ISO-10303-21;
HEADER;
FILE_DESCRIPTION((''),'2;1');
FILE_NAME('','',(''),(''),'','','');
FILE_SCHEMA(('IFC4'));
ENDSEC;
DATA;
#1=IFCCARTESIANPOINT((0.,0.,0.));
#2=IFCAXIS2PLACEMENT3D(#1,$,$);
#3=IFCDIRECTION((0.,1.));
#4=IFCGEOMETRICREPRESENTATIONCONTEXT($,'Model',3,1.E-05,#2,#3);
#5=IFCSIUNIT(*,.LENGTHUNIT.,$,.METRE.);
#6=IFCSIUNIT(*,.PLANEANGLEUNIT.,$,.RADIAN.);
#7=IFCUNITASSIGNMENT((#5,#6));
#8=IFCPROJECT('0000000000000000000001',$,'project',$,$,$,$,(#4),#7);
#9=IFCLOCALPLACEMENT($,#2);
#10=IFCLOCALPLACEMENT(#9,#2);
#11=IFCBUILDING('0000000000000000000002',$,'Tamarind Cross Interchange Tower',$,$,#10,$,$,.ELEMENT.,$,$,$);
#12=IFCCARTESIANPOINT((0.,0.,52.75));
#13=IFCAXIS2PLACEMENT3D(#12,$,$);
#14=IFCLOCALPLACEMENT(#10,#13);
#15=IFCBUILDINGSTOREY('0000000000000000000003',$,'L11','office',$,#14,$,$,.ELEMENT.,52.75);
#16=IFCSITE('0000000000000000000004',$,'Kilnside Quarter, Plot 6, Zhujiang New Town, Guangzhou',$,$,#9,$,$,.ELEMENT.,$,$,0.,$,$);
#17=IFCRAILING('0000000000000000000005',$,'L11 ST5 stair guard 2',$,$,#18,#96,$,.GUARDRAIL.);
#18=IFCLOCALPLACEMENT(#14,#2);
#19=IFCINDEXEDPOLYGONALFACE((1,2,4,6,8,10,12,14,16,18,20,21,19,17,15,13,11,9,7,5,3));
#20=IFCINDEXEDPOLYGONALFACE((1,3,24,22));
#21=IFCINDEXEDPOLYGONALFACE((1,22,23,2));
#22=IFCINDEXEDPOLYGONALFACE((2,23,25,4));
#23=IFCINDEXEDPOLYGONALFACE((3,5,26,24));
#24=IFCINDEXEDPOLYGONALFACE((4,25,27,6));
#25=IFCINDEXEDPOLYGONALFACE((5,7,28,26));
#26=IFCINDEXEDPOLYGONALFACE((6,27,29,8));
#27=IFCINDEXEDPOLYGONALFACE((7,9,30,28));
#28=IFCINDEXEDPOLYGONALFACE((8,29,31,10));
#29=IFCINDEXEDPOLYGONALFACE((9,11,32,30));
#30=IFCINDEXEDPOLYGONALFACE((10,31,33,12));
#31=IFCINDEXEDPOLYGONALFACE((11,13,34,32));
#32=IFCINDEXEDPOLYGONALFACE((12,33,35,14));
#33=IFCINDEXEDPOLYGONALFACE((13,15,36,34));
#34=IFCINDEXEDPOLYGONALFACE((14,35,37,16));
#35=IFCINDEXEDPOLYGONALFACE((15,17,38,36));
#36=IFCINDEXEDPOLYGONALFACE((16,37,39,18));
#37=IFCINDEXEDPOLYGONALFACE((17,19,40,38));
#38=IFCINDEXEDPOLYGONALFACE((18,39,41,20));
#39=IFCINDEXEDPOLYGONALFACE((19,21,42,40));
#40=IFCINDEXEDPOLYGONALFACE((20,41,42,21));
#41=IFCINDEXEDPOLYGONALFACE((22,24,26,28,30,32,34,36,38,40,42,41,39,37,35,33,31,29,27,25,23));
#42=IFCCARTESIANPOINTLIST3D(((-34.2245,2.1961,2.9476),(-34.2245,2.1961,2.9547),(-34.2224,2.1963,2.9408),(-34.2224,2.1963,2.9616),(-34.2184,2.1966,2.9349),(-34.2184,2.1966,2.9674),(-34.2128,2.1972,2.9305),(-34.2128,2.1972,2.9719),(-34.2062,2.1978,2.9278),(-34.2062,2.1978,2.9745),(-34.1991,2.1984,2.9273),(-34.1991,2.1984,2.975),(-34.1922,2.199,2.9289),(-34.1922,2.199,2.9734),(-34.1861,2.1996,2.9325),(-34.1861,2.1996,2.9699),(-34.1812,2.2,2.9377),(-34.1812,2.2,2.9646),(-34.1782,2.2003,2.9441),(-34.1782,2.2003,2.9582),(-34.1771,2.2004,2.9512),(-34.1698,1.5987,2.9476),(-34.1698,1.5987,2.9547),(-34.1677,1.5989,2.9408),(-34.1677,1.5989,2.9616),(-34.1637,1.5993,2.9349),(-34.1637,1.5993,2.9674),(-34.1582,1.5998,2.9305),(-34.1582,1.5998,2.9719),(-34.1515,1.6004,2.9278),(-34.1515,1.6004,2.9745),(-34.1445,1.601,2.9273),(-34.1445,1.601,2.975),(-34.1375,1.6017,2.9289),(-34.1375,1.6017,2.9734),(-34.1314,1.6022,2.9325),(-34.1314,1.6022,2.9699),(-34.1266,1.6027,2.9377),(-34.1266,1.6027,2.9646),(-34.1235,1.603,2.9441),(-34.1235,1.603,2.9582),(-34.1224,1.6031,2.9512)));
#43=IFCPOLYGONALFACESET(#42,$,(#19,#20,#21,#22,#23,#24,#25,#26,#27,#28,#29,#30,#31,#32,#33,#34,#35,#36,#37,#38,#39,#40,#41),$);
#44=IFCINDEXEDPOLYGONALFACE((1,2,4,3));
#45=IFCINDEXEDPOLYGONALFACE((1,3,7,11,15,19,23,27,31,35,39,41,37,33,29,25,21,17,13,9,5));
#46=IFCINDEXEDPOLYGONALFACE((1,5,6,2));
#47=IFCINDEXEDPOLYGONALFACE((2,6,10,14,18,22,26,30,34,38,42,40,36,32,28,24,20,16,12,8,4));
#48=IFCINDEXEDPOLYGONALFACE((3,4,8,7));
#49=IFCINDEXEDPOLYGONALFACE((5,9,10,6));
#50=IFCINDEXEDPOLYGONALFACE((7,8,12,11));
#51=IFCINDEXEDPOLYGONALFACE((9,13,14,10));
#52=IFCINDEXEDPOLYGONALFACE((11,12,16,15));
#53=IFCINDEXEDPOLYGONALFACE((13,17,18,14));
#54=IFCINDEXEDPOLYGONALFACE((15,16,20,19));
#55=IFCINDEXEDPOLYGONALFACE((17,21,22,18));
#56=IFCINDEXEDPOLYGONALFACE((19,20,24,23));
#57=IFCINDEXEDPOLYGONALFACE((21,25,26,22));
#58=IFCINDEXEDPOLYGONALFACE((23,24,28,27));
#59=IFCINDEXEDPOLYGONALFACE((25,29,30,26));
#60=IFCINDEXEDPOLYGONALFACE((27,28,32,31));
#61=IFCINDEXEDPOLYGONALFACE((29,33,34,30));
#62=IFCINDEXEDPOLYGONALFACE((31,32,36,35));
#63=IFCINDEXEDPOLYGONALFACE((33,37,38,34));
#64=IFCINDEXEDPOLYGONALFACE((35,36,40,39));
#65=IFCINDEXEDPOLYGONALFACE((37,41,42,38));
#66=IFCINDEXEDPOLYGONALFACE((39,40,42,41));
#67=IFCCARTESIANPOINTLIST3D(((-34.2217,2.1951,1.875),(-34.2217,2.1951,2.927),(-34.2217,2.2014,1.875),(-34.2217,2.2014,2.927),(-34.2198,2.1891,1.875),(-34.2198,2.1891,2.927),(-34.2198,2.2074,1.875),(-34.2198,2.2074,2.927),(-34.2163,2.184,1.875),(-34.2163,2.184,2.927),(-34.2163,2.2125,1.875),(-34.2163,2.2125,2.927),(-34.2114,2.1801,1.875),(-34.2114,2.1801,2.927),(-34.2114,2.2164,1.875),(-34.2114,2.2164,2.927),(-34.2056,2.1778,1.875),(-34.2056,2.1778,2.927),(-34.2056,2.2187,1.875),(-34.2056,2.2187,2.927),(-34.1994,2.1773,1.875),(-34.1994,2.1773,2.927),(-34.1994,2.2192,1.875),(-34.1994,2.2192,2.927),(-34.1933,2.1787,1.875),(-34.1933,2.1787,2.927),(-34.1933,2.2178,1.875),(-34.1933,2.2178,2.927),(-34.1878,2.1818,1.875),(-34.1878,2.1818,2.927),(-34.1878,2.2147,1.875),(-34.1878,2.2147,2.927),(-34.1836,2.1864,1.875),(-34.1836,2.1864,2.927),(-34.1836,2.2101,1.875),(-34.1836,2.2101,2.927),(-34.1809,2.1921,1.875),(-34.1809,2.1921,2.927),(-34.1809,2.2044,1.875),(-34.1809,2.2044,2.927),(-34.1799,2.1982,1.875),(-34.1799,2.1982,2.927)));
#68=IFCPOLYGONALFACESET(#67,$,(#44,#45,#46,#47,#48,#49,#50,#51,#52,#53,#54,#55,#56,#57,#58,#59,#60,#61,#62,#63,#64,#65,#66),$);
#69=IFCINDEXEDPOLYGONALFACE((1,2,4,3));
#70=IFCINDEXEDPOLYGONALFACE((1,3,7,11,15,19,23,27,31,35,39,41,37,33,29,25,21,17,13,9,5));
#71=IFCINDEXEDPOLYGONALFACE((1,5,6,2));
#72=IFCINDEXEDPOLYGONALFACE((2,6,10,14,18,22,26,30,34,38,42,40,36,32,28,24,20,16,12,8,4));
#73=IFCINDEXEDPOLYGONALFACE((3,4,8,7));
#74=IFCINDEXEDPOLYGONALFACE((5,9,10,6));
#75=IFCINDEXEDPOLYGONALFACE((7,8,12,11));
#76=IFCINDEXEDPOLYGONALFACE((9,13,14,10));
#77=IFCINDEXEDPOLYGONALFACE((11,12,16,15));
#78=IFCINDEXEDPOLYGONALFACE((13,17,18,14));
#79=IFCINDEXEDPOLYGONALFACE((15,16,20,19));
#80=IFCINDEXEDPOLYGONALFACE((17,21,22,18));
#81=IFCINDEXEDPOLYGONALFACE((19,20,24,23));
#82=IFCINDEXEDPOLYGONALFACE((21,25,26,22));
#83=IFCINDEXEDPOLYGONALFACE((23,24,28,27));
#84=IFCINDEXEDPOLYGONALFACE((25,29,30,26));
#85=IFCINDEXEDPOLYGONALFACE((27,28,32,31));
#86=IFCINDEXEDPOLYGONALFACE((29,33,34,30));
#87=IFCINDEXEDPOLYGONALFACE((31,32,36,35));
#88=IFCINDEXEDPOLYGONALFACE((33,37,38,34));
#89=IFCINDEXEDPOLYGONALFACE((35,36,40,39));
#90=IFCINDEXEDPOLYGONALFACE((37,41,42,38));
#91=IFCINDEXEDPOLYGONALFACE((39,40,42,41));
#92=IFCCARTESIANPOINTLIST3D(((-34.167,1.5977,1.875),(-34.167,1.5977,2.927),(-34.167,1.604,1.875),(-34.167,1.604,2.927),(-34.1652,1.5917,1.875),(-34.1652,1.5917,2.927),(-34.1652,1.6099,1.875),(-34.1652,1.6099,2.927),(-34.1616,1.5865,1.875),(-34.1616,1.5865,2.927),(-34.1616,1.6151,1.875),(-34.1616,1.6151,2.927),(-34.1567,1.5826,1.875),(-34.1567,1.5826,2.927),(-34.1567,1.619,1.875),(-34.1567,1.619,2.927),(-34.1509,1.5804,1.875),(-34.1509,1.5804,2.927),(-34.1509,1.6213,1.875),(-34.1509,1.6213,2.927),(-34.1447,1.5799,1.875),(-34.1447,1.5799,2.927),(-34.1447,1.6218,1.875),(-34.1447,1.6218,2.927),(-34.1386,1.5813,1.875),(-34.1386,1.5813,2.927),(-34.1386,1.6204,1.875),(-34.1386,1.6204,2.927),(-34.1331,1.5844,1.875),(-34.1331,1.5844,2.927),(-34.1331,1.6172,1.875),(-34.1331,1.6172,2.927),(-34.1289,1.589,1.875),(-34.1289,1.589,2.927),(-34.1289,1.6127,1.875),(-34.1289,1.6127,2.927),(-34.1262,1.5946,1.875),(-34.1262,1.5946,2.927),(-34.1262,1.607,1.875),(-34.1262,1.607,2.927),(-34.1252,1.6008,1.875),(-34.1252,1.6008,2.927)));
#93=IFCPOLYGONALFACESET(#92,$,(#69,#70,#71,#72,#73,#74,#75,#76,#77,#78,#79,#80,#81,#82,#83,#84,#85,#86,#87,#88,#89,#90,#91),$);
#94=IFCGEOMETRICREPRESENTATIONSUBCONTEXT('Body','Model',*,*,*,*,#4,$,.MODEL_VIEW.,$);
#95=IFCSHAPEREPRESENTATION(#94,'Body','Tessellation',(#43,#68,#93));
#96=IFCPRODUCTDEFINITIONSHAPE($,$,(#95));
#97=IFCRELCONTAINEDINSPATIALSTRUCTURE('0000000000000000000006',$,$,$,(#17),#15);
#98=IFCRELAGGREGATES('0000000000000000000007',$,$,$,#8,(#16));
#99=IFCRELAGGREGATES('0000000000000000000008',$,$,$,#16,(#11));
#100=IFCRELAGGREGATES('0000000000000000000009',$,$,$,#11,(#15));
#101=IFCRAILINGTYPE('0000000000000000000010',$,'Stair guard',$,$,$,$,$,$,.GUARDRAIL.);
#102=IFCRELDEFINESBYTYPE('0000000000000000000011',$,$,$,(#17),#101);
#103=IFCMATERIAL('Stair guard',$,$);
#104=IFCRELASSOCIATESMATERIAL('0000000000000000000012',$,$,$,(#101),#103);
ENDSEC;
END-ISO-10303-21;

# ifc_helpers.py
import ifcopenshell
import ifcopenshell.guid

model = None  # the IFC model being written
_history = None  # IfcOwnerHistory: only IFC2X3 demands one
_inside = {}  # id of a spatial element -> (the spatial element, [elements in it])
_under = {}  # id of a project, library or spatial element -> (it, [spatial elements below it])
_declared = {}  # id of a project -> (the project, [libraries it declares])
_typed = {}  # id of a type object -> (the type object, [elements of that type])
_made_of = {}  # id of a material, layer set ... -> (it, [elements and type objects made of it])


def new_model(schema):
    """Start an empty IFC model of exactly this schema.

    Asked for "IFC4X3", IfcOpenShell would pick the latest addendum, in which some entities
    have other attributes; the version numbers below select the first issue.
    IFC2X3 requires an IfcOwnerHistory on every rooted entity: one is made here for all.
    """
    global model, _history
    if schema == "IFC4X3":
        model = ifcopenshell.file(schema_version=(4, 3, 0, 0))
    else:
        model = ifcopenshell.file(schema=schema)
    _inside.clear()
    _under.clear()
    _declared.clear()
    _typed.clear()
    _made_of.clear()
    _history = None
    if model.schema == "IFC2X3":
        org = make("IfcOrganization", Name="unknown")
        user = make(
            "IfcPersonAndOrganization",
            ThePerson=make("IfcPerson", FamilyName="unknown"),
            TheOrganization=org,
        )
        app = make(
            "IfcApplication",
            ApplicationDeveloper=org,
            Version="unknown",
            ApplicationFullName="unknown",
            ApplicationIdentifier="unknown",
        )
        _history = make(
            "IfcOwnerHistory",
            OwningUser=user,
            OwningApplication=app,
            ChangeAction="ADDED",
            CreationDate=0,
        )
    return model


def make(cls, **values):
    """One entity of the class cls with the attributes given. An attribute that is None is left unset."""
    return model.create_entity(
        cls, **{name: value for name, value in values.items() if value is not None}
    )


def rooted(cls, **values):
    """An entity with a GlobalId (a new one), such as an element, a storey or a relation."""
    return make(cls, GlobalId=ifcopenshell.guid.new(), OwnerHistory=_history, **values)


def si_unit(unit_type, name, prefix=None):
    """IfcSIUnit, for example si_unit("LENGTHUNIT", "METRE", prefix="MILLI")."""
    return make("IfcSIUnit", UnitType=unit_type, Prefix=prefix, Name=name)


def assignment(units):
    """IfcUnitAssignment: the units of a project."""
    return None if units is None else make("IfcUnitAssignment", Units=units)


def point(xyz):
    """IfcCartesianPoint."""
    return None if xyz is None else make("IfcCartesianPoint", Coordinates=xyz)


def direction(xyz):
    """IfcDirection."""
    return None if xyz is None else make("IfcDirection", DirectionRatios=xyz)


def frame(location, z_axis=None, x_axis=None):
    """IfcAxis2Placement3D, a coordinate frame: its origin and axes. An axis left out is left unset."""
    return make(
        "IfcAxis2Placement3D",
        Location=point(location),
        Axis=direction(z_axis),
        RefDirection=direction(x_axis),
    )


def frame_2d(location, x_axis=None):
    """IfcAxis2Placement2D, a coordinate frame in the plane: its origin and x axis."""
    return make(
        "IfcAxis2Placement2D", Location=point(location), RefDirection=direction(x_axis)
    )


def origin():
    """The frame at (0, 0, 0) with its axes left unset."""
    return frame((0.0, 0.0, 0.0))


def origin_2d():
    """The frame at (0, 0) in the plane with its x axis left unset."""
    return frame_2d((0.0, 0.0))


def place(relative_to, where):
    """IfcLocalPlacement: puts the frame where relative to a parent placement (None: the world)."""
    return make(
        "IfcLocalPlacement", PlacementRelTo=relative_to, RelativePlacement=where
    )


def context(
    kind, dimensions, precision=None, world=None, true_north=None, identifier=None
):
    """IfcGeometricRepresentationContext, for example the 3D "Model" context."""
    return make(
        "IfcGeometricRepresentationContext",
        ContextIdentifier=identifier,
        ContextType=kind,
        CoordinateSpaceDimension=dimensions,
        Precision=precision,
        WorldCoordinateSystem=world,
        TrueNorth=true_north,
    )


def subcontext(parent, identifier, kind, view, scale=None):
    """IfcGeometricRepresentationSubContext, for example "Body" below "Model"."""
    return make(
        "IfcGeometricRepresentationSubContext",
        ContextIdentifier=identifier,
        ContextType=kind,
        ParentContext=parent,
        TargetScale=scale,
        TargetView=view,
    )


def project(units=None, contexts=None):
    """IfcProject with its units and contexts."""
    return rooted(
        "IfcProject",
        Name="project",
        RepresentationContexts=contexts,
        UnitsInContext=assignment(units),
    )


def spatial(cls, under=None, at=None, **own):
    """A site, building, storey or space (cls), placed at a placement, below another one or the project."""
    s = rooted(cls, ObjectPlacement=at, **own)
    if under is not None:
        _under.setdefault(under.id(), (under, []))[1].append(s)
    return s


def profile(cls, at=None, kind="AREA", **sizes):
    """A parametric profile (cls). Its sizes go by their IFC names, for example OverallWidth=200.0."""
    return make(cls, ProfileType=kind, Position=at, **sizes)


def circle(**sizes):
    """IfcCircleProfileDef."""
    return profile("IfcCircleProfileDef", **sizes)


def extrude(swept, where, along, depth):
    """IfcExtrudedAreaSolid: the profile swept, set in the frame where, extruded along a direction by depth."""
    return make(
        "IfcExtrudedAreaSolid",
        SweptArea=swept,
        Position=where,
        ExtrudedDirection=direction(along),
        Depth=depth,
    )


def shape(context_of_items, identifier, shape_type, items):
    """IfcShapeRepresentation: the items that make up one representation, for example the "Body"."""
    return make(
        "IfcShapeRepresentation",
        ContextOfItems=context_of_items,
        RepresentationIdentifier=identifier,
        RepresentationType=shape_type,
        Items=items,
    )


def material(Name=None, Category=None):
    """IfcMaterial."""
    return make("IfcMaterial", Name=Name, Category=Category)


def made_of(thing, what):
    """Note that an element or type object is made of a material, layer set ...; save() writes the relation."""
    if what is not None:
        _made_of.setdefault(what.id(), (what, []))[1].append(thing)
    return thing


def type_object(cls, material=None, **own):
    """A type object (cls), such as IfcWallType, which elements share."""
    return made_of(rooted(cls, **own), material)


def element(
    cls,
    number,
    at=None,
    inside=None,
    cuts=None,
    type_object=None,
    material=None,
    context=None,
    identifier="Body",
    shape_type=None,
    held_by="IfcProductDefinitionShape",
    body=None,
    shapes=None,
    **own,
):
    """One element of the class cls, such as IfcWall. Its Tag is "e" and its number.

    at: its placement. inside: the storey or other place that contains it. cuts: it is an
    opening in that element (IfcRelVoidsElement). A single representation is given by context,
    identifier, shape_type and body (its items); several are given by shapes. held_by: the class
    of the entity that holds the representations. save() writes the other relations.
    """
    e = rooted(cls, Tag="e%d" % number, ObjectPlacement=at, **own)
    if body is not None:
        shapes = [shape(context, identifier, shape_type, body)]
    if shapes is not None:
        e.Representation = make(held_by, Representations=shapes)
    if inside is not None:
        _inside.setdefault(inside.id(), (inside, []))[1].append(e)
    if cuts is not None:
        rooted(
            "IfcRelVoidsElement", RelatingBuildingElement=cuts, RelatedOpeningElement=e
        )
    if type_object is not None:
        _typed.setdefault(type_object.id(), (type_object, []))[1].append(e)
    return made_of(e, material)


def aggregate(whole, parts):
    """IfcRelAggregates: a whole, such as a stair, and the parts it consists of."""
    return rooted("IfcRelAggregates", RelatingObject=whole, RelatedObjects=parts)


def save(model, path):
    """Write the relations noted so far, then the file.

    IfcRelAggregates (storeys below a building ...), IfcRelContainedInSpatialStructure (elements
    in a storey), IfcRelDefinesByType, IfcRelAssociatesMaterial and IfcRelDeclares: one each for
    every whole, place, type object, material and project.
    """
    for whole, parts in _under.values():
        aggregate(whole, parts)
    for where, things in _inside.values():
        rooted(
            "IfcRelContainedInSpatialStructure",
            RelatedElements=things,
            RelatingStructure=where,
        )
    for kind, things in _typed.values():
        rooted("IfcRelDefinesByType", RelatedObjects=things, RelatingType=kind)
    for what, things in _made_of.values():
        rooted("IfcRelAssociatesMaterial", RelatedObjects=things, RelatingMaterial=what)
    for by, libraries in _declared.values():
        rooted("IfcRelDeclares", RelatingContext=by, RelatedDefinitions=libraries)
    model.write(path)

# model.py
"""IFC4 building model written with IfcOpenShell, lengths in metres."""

from ifc_helpers import new_model, si_unit, direction, frame, origin, origin_2d, place, context, subcontext, project, spatial, circle, extrude, material, type_object, element, save


model = new_model("IFC4")

# Units and contexts
model_context = context("Model", 3, precision=1e-05, world=origin(), true_north=direction((0.0, 1.0)))
body_context = subcontext(model_context, "Body", "Model", "MODEL_VIEW")
ifc_project = project(units=[si_unit("LENGTHUNIT", "METRE"), si_unit("PLANEANGLEUNIT", "RADIAN")], contexts=[model_context])

# Site, building, storey
site_placement = place(None, origin())
site = spatial("IfcSite", under=ifc_project, at=site_placement, Name="Kilnside Quarter, Plot 6, Zhujiang New Town, Guangzhou", CompositionType="ELEMENT", RefElevation=0.0)
building_placement = place(site_placement, origin())
building = spatial("IfcBuilding", under=site, at=building_placement, Name="Tamarind Cross Interchange Tower", CompositionType="ELEMENT")
storey_placement = place(building_placement, frame((0.0, 0.0, 52.75)))
storey = spatial("IfcBuildingStorey", under=building, at=storey_placement, Name="L11", Description="office", CompositionType="ELEMENT", Elevation=52.75)

# Railing
ifc_material_1 = material(Name="Stair guard")
railing_type_1 = type_object("IfcRailingType", Name="Stair guard", PredefinedType="GUARDRAIL", material=ifc_material_1)
railing_1_placement = place(storey_placement, frame((-34.2009, 2.1982, 1.875)))
element("IfcRailing", 1, at=railing_1_placement, inside=storey, type_object=railing_type_1, Name="L11 ST5 stair guard 2", PredefinedType="GUARDRAIL", context=body_context, shape_type="SweptSolid", body=[
    extrude(circle(Radius=0.0239, at=origin_2d()), frame((0.0, 0.0, 1.0762), z_axis=(0.09116, -0.995836, 0.0), x_axis=(0.995836, 0.09116, 0.0)), (0.0, 0.0, 1.0), 0.5999),
    extrude(circle(Radius=0.021, at=origin_2d()), origin(), (0.0, 0.0, 1.0), 1.052),
    extrude(circle(Radius=0.021, at=origin_2d()), frame((0.0547, -0.5974, 0.0)), (0.0, 0.0, 1.0), 1.052),
])

save(model, "model.ifc")
